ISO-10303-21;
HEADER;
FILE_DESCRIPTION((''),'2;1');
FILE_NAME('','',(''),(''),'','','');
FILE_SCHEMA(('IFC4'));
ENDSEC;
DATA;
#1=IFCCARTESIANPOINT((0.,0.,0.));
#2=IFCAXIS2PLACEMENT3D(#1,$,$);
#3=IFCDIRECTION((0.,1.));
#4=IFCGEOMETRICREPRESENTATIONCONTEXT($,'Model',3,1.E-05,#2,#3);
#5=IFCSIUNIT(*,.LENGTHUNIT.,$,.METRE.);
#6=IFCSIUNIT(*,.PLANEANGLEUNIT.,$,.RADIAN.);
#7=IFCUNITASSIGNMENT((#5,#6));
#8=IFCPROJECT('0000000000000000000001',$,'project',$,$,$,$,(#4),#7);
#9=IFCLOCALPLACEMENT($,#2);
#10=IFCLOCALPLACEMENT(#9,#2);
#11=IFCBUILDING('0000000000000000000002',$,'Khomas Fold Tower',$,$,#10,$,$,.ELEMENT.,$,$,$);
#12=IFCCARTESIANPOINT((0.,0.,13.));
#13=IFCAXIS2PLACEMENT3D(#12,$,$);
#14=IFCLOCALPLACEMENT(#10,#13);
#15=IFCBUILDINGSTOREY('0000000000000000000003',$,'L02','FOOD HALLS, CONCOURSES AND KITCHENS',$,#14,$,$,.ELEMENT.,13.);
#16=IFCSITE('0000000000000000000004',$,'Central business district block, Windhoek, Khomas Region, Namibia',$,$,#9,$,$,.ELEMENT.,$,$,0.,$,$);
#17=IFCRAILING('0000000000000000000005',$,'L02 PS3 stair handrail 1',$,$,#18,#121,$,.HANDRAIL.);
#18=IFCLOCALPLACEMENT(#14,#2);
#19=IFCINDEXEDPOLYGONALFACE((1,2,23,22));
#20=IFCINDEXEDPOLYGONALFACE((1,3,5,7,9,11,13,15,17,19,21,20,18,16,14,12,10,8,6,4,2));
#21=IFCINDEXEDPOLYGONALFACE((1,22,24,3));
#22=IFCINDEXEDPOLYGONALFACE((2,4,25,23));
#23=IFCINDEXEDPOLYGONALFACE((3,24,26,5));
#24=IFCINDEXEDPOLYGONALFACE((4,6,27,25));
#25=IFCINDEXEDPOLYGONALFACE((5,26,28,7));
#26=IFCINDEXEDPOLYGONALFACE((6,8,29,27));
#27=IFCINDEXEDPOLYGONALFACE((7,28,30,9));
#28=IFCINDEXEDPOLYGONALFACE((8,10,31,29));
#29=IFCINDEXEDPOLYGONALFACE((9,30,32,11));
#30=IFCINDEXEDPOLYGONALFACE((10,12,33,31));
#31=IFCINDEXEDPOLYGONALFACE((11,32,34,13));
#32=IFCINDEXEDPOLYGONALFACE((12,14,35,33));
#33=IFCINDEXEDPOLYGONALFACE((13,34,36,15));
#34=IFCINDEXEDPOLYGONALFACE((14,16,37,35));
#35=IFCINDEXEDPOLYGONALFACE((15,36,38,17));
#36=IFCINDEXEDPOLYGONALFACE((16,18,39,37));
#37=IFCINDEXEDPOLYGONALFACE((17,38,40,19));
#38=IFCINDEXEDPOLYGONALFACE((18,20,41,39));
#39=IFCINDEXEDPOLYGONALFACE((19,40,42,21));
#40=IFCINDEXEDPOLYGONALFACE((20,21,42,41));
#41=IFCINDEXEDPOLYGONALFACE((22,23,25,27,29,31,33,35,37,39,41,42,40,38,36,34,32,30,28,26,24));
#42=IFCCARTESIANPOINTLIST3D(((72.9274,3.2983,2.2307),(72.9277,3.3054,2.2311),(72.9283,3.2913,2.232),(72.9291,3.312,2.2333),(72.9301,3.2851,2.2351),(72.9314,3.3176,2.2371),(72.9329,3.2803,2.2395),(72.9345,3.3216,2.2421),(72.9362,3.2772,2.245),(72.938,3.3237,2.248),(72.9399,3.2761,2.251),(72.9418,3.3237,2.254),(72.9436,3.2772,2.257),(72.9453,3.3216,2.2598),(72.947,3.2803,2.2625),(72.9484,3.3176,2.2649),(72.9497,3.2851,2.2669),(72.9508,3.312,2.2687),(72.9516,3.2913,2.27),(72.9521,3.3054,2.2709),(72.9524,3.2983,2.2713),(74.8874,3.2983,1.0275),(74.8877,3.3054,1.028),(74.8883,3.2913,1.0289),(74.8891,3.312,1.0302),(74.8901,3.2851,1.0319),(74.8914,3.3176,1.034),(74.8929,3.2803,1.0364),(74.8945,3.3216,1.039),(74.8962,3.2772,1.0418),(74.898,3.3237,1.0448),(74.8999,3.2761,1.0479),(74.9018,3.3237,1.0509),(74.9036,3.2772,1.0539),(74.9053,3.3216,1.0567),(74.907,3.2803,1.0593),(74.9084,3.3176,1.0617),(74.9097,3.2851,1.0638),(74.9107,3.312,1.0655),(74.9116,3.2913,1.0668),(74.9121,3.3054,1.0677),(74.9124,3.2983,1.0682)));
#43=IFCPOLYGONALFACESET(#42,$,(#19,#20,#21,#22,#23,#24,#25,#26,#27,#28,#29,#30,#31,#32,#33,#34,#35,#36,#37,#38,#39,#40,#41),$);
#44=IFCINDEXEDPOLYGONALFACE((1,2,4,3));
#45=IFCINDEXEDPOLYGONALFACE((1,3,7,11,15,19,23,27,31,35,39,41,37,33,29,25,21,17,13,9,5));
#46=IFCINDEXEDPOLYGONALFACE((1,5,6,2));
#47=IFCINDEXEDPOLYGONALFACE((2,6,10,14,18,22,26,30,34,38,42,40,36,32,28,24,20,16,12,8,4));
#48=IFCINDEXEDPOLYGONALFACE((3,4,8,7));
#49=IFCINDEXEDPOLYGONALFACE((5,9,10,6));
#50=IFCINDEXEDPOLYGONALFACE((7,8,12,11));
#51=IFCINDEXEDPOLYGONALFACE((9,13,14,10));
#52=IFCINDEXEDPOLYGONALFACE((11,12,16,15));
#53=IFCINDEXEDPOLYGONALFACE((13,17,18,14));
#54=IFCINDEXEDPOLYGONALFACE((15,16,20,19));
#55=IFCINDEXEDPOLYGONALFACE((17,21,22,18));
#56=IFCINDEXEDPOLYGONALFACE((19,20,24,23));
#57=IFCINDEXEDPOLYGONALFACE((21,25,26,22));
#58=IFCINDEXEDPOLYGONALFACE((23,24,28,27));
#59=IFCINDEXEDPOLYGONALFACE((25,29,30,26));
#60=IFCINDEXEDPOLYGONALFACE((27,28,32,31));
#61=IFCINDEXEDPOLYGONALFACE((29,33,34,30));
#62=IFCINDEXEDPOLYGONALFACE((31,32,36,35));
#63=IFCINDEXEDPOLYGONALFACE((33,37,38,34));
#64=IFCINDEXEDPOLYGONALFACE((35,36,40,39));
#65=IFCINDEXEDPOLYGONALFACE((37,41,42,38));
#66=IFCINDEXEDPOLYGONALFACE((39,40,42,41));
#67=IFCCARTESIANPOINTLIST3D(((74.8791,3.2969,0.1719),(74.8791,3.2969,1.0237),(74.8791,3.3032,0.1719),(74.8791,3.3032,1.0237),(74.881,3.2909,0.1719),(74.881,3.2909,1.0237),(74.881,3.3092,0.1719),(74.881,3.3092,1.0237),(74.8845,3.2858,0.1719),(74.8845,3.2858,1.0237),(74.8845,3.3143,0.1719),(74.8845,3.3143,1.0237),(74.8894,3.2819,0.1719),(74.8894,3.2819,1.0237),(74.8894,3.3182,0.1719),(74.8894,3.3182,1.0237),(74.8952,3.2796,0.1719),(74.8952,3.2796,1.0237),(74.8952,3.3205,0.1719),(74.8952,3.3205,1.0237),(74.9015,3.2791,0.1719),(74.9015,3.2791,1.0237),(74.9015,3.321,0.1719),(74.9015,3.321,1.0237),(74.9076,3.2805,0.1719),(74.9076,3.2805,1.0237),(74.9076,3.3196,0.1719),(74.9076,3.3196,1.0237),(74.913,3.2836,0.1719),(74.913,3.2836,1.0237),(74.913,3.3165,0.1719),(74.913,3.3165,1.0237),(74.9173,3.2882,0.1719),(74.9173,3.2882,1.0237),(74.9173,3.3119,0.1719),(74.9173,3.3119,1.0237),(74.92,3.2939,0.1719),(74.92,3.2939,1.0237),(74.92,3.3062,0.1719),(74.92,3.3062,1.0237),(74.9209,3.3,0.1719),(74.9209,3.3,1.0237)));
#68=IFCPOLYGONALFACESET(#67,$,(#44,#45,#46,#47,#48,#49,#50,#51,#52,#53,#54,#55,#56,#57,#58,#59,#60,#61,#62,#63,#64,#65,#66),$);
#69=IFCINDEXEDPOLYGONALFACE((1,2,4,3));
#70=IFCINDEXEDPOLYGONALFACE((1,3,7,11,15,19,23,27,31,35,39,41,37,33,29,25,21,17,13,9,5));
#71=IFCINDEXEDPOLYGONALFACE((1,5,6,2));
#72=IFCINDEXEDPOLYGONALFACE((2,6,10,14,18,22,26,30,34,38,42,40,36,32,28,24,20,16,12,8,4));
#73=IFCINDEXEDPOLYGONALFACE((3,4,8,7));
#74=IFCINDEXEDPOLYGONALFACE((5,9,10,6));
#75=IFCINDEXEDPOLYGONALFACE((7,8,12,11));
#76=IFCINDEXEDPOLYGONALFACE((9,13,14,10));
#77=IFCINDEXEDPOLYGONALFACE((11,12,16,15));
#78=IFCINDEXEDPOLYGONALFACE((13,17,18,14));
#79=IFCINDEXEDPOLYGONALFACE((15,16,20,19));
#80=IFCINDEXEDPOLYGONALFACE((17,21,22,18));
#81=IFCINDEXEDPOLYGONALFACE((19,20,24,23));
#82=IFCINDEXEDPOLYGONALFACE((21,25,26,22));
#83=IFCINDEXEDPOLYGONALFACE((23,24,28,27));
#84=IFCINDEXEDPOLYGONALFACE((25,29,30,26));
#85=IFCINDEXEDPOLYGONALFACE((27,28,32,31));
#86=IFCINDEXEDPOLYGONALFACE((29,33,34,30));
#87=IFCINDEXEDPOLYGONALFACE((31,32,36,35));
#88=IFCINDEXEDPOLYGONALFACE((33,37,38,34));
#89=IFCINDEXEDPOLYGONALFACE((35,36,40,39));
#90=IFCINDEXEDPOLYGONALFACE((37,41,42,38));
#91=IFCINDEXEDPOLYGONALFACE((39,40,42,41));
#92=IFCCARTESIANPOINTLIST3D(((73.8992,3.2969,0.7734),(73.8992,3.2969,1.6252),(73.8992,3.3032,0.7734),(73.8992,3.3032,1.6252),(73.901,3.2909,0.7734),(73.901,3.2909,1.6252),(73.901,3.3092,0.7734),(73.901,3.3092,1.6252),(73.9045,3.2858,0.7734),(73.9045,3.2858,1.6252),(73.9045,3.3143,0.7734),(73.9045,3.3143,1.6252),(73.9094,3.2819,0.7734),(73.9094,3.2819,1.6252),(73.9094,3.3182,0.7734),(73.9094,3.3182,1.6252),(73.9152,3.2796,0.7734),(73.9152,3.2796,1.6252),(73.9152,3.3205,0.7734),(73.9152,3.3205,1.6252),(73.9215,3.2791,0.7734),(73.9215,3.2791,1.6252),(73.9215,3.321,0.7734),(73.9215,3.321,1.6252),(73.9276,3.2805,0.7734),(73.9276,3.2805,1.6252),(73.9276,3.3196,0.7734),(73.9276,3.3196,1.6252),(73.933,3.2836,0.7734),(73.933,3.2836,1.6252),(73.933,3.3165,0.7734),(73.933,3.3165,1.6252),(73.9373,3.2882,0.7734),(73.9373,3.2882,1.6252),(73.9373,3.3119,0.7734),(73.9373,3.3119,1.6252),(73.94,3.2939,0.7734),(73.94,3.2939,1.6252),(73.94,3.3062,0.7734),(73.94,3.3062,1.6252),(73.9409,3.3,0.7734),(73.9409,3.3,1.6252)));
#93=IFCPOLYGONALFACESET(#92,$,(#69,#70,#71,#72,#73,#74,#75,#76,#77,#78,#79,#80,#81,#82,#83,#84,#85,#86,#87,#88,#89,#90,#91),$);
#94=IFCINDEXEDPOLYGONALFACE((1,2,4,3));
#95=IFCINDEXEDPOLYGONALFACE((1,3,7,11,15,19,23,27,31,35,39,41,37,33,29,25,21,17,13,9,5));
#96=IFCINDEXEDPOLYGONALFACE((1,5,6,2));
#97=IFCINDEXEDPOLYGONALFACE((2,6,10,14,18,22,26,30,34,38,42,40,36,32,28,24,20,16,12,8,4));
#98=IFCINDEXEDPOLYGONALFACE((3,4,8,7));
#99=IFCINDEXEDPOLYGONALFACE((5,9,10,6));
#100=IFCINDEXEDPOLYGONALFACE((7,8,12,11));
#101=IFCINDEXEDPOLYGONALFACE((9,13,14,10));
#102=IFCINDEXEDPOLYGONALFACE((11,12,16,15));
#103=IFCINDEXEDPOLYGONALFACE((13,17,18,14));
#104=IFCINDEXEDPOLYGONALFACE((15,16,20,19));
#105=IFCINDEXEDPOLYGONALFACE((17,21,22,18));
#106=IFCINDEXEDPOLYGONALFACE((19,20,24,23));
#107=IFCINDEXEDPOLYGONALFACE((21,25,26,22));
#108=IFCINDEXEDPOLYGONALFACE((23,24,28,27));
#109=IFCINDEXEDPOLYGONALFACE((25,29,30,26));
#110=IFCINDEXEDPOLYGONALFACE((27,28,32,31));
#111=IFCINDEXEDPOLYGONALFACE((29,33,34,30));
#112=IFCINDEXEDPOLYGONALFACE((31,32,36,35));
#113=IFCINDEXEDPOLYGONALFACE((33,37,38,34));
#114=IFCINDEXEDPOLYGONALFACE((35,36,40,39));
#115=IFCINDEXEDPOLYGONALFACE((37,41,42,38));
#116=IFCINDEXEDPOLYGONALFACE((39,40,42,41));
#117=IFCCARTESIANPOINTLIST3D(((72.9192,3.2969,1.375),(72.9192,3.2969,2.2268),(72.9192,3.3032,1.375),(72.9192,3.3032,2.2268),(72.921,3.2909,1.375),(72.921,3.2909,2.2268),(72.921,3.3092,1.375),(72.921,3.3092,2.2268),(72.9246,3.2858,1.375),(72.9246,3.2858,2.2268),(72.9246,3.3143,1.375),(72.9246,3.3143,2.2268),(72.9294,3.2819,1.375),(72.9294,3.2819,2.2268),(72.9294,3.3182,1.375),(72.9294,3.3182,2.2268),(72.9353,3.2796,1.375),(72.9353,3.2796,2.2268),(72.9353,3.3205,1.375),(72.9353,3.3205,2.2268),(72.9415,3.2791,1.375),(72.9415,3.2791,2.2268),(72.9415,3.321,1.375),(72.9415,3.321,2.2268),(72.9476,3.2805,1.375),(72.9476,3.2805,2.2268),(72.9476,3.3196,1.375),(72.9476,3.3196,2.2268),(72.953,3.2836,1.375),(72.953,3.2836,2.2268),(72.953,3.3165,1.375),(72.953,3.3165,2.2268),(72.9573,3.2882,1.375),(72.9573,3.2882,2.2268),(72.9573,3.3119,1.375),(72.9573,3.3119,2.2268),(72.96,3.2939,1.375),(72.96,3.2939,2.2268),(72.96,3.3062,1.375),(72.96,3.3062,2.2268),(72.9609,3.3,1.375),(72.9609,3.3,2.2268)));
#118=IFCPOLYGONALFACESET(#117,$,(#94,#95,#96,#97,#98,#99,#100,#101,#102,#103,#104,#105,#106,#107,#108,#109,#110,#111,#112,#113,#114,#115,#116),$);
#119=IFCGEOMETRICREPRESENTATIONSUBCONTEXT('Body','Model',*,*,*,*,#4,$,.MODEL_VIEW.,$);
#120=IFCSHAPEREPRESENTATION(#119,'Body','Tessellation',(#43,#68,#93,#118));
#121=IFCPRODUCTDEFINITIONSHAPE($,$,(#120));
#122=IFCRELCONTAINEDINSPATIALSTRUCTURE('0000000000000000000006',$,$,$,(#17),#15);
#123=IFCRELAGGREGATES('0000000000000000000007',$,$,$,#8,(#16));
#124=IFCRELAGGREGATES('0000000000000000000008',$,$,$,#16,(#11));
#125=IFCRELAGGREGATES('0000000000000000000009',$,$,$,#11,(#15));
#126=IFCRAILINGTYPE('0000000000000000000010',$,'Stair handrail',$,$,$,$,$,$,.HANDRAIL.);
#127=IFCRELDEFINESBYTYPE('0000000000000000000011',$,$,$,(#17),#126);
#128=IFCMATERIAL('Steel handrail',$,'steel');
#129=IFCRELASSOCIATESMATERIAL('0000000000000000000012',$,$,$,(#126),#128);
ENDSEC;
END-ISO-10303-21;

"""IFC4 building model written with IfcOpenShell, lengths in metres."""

from ifc_helpers import new_model, si_unit, direction, frame, origin, origin_2d, place, context, subcontext, project, spatial, circle, extrude, source, transform, mapped, material, type_object, element, save


model = new_model("IFC4")

# Units and contexts
model_context = context("Model", 3, precision=1e-05, world=origin(), true_north=direction((0.0, 1.0)))
body_context = subcontext(model_context, "Body", "Model", "MODEL_VIEW")
ifc_project = project(units=[si_unit("LENGTHUNIT", "METRE"), si_unit("PLANEANGLEUNIT", "RADIAN")], contexts=[model_context])

# Site, building, storey
site_placement = place(None, origin())
site = spatial("IfcSite", under=ifc_project, at=site_placement, Name="Central business district block, Windhoek, Khomas Region, Namibia", CompositionType="ELEMENT", RefElevation=0.0)
building_placement = place(site_placement, origin())
building = spatial("IfcBuilding", under=site, at=building_placement, Name="Khomas Fold Tower", CompositionType="ELEMENT")
storey_placement = place(building_placement, frame((0.0, 0.0, 13.0)))
storey = spatial("IfcBuildingStorey", under=building, at=storey_placement, Name="L02", Description="FOOD HALLS, CONCOURSES AND KITCHENS", CompositionType="ELEMENT", Elevation=13.0)

# Railing
ifc_material_1 = material(Name="Steel handrail", Category="steel")
railing_type_1 = type_object("IfcRailingType", Name="Stair handrail", PredefinedType="HANDRAIL", material=ifc_material_1)
shared_shape_1 = source(origin(), body_context, "Body", "SweptSolid", [
    extrude(circle(Radius=0.0239, at=origin_2d()), frame((0.0, 0.0, 0.876), z_axis=(-0.852241, 0.0, 0.523149), x_axis=(0.0, -1.0, 0.0)), (0.0, 0.0, 1.0), 2.2998),
    extrude(circle(Radius=0.021, at=origin_2d()), origin(), (0.0, 0.0, 1.0), 0.8518),
    extrude(circle(Radius=0.021, at=origin_2d()), frame((-0.98, 0.0, 0.6016)), (0.0, 0.0, 1.0), 0.8518),
    extrude(circle(Radius=0.021, at=origin_2d()), frame((-1.96, 0.0, 1.2031)), (0.0, 0.0, 1.0), 0.8518),
])
for number, where, name in (
    (1, (74.8999, 3.3, 0.1719), "L02 PS3 stair handrail 1"),
):
    element("IfcRailing", number, at=place(storey_placement, frame(where)), inside=storey, type_object=railing_type_1, Name=name, PredefinedType="HANDRAIL", context=body_context, shape_type="MappedRepresentation", body=[
        mapped(shared_shape_1, transform((0.0, 0.0, 0.0))),
    ])

save(model, "model.ifc")
